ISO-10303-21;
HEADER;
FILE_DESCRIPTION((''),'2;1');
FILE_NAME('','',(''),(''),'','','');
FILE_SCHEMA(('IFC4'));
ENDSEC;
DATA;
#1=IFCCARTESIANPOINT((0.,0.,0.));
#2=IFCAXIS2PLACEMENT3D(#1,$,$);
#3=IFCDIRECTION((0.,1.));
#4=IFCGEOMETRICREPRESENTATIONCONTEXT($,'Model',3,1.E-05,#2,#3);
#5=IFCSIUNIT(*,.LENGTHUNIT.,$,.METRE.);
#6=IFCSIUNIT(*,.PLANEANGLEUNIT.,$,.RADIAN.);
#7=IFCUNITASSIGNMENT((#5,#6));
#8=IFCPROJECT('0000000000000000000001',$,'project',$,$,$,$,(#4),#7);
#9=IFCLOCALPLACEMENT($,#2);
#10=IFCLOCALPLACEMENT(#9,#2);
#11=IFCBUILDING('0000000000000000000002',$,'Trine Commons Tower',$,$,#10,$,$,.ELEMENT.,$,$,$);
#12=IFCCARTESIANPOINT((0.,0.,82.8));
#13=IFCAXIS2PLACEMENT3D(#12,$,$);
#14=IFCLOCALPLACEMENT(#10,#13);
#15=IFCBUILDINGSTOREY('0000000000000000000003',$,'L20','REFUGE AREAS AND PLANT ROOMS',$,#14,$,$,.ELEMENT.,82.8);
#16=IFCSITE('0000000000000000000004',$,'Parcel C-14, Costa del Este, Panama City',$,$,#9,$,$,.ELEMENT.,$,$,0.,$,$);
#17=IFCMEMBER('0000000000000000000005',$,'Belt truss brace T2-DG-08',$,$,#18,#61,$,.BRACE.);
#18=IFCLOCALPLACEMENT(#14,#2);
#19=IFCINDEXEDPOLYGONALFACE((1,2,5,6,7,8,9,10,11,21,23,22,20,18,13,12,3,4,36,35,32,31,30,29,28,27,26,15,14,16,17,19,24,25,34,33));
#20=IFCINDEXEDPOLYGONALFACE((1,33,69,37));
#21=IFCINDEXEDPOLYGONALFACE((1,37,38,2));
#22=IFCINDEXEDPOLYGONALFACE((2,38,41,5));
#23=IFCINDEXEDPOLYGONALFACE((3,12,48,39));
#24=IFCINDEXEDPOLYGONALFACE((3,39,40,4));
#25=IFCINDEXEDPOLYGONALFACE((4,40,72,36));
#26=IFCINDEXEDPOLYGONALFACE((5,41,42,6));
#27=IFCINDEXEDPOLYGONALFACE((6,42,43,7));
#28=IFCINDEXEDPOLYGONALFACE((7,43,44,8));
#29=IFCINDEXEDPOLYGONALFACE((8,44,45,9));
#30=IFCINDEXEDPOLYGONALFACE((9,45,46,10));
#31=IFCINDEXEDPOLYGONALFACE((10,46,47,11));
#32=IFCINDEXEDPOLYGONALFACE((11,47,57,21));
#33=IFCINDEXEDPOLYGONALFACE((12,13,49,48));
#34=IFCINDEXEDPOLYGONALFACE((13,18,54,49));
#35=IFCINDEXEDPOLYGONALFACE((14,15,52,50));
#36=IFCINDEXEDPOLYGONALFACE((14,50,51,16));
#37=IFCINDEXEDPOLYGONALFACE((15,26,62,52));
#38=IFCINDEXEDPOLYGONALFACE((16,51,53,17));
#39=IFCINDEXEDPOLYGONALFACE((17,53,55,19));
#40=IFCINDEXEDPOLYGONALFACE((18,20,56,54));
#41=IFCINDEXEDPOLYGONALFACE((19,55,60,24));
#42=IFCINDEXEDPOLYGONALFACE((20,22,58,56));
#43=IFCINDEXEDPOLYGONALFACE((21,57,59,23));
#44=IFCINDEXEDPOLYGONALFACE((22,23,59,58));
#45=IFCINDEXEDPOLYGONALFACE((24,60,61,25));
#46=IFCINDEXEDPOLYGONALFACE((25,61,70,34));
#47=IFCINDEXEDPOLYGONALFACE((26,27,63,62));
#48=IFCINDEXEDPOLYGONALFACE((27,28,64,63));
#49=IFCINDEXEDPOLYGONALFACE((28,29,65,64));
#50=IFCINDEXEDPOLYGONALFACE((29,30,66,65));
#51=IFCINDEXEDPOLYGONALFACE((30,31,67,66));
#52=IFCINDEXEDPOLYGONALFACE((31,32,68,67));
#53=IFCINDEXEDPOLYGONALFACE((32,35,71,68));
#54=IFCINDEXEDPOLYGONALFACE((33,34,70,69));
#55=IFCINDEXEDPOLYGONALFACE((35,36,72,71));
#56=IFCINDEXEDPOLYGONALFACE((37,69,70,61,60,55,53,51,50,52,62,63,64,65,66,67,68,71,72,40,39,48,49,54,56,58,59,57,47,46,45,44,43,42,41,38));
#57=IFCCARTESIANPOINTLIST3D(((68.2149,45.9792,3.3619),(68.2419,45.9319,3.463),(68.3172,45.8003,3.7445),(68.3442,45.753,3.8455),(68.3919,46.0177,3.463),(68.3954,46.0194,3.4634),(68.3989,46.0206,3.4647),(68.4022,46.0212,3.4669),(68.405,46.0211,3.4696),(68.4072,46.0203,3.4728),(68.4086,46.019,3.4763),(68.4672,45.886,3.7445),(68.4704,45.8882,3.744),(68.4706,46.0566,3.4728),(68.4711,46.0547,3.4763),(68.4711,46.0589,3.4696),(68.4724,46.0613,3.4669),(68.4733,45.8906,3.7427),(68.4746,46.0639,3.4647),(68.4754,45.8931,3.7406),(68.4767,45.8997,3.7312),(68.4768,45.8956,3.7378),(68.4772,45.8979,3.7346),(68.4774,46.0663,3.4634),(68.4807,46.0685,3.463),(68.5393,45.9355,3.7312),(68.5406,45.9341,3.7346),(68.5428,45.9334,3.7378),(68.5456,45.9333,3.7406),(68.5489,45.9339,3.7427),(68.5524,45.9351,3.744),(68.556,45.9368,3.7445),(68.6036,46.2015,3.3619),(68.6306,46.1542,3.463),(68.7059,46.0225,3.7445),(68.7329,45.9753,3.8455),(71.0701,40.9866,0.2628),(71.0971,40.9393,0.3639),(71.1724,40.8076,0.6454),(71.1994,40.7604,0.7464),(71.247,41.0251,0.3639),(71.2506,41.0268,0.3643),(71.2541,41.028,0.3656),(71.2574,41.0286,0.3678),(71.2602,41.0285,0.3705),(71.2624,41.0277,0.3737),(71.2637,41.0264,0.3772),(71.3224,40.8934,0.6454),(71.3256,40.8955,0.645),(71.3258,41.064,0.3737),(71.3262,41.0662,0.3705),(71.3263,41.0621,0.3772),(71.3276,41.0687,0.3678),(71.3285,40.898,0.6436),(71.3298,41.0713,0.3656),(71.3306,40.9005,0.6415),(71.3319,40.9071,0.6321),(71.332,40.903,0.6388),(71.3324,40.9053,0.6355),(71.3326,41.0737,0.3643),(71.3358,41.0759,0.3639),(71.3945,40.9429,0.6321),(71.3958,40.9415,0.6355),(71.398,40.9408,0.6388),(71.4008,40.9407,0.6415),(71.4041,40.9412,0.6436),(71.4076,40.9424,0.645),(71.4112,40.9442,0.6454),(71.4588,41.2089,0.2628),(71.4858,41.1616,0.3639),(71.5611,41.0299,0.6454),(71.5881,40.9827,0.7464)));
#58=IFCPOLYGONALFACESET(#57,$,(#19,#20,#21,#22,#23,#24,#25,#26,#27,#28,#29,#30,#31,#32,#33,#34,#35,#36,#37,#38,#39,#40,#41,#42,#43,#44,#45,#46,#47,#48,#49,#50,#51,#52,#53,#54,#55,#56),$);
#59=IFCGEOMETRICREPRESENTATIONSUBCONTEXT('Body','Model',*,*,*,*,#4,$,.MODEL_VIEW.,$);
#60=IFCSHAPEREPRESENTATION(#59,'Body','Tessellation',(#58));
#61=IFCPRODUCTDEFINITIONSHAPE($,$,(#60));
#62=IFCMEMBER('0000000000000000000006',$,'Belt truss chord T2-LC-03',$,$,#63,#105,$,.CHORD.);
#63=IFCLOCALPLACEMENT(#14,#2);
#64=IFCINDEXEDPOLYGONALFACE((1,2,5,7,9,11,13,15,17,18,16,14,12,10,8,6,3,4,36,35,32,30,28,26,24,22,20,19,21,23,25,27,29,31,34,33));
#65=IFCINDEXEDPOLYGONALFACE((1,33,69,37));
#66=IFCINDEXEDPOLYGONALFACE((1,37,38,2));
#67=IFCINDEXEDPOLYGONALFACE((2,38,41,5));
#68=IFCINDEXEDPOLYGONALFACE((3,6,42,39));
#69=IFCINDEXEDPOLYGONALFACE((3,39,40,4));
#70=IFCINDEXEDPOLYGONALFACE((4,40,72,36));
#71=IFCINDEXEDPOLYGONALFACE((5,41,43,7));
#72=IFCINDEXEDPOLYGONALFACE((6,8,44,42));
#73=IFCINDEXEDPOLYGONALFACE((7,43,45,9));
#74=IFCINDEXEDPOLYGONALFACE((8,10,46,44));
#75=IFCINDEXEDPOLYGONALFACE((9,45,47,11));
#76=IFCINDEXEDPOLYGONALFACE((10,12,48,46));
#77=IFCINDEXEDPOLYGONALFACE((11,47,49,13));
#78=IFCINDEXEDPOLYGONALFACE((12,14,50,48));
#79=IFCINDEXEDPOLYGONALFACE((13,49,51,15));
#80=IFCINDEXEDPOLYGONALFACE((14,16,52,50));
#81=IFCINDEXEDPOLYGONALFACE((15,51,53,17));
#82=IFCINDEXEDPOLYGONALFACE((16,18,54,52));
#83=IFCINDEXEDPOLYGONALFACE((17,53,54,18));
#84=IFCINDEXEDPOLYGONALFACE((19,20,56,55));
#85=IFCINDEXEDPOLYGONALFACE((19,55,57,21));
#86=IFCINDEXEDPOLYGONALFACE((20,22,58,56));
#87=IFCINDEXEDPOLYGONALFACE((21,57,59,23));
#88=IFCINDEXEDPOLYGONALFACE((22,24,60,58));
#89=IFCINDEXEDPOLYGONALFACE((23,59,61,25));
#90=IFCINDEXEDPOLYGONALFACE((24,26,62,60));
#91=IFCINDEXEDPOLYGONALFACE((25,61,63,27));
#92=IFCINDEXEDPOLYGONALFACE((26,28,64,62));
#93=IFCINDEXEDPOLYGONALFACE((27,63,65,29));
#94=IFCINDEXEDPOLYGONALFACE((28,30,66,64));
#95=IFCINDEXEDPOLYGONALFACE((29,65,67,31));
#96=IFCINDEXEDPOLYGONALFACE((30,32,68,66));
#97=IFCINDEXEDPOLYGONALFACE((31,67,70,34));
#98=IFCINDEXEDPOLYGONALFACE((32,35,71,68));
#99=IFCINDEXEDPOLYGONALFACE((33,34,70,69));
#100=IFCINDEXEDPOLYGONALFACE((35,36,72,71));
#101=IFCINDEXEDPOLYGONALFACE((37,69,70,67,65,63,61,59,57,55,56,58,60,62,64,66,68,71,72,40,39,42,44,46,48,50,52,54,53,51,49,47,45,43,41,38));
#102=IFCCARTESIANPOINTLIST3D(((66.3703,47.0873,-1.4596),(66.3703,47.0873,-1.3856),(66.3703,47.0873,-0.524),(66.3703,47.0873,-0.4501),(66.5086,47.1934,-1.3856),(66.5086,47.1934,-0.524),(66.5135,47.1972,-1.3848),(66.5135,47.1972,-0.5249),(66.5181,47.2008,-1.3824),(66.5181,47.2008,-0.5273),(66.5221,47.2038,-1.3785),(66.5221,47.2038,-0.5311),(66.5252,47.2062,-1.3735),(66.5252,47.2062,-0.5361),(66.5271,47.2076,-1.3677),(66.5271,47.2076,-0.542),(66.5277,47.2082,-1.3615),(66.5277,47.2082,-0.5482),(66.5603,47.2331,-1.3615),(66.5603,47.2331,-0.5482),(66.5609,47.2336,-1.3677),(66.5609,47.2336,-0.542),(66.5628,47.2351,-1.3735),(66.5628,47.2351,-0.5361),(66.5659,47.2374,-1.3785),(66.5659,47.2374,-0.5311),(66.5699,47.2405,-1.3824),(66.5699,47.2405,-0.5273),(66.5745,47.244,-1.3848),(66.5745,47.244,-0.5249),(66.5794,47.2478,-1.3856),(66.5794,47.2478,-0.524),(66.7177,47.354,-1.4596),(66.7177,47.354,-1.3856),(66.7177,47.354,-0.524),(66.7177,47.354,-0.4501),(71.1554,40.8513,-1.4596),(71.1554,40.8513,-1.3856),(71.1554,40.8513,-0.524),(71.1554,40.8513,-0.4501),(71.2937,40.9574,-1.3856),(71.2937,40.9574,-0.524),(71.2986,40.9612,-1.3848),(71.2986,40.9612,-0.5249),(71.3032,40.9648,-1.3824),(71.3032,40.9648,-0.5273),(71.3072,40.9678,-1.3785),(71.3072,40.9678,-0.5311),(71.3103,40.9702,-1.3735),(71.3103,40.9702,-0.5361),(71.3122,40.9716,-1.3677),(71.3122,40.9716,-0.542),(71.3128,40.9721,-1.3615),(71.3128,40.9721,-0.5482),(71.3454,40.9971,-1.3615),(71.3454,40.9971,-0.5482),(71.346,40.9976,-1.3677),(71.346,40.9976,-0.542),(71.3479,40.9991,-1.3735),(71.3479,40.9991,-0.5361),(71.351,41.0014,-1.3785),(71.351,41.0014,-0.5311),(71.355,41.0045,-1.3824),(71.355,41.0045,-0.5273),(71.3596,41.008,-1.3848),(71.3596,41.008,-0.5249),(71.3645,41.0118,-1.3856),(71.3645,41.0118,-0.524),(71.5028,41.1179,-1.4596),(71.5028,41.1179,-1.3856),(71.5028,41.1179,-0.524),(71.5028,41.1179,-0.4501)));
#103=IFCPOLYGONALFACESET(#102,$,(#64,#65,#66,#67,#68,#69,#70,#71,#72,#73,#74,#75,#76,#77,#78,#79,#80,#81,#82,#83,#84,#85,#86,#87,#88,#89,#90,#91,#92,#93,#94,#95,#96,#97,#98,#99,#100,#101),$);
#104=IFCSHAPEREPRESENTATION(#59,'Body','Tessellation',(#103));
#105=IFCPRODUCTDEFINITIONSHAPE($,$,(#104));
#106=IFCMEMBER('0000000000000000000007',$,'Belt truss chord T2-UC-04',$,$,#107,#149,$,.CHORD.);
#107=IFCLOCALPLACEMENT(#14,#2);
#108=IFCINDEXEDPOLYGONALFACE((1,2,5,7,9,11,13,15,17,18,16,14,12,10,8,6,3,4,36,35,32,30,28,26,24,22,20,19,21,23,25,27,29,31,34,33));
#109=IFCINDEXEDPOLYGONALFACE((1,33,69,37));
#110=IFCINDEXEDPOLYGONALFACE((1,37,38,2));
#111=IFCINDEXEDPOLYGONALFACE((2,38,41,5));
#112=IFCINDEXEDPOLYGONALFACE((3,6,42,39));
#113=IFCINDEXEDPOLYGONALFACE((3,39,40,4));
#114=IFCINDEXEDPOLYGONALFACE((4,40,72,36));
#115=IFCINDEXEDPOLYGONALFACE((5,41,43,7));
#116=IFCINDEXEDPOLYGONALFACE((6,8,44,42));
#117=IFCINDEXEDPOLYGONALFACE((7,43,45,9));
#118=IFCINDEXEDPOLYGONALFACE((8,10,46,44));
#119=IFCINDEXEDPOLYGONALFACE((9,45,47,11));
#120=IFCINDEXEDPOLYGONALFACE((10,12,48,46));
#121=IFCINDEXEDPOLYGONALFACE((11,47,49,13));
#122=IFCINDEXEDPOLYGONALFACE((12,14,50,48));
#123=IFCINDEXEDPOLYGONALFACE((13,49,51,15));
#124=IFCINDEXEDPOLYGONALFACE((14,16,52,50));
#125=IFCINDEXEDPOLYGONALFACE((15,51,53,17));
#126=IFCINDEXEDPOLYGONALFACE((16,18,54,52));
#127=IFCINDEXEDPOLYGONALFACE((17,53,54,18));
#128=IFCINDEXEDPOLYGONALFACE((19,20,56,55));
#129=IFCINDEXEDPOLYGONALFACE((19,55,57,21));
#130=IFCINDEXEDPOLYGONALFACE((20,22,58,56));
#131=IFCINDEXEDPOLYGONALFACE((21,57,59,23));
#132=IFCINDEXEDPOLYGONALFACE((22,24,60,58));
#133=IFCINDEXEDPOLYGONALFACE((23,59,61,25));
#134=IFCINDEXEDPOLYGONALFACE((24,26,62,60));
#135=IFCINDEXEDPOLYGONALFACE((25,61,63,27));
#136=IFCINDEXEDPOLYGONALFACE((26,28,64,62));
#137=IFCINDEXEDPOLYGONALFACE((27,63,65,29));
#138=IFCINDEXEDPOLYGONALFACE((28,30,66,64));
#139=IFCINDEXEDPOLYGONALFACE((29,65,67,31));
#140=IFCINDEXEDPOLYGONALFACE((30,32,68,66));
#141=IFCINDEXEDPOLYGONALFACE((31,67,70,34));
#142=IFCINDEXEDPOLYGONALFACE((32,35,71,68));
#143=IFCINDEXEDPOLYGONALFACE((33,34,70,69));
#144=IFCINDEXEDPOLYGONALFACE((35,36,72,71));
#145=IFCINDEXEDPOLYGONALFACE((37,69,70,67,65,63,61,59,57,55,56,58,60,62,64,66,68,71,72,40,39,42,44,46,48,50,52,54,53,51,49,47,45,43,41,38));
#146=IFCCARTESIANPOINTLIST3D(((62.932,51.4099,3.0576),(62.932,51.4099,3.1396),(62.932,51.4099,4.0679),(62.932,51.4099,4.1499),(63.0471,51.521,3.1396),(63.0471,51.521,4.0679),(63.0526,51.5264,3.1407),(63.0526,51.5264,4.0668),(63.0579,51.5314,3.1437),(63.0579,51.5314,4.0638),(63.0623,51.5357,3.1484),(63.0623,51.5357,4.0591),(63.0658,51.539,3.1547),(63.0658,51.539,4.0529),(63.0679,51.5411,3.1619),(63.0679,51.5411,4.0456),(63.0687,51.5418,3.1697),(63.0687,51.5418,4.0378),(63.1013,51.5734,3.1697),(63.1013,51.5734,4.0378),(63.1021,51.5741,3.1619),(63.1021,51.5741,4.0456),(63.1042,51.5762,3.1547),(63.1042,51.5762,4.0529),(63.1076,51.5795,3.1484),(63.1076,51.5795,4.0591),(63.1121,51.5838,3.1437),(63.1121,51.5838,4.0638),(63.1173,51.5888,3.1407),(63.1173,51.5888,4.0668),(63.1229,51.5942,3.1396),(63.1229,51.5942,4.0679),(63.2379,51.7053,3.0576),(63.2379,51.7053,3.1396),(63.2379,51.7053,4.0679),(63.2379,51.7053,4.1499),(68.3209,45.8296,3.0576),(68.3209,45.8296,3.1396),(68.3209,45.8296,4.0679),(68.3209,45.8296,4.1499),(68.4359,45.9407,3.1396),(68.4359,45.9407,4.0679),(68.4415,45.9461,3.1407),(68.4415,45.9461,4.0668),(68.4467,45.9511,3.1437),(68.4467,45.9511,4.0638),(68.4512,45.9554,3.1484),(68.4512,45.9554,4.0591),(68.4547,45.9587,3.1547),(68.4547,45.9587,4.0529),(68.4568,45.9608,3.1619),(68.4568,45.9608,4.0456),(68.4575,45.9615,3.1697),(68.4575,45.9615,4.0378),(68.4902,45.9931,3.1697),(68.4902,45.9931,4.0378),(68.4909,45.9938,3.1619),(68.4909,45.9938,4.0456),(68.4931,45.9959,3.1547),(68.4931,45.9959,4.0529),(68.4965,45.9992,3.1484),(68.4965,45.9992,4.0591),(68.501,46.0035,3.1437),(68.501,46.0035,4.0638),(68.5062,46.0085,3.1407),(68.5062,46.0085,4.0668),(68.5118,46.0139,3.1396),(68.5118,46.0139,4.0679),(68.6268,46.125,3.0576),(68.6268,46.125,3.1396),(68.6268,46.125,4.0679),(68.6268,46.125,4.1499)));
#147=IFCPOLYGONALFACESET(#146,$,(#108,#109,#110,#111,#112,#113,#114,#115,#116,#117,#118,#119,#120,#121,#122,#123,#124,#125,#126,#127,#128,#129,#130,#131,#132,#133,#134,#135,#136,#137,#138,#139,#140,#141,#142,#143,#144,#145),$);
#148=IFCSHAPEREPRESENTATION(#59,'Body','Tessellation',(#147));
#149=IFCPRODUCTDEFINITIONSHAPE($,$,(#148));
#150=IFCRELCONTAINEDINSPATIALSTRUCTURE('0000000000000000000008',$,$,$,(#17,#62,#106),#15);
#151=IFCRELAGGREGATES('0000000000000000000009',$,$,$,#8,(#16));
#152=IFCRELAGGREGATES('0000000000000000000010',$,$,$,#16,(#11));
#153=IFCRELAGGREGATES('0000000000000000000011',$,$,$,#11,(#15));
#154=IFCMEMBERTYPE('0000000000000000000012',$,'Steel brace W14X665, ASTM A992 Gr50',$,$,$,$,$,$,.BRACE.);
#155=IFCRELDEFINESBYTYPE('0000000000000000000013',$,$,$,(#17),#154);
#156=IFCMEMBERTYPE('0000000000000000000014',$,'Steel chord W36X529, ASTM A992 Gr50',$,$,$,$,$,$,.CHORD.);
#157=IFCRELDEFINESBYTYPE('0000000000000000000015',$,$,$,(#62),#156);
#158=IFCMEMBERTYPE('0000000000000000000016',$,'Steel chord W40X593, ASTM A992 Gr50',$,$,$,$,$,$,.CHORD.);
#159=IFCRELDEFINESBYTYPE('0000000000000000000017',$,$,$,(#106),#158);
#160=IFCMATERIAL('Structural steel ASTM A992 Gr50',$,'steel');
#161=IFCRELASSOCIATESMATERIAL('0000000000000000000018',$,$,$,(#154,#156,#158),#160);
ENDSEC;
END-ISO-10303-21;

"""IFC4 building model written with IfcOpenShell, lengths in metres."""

from ifc_helpers import new_model, si_unit, direction, frame, origin, origin_2d, place, context, subcontext, project, spatial, i_section, extrude, material, material_profile, profile_set, type_object, element, save


model = new_model("IFC4")

# Units and contexts
model_context = context("Model", 3, precision=1e-05, world=origin(), true_north=direction((0.0, 1.0)))
body_context = subcontext(model_context, "Body", "Model", "MODEL_VIEW")
ifc_project = project(units=[si_unit("LENGTHUNIT", "METRE"), si_unit("PLANEANGLEUNIT", "RADIAN")], contexts=[model_context])

# Site, building, storey
site_placement = place(None, origin())
site = spatial("IfcSite", under=ifc_project, at=site_placement, Name="Parcel C-14, Costa del Este, Panama City", CompositionType="ELEMENT", RefElevation=0.0)
building_placement = place(site_placement, origin())
building = spatial("IfcBuilding", under=site, at=building_placement, Name="Trine Commons Tower", CompositionType="ELEMENT")
storey_placement = place(building_placement, frame((0.0, 0.0, 82.8)))
storey = spatial("IfcBuildingStorey", under=building, at=storey_placement, Name="L20", Description="REFUGE AREAS AND PLANT ROOMS", CompositionType="ELEMENT", Elevation=82.8)

# Members
ifc_material_1 = material(Name="Structural steel ASTM A992 Gr50", Category="steel")
ifc_material_profile_1 = material_profile(ifc_material_1, i_section(OverallWidth=0.4478, OverallDepth=0.5493, WebThickness=0.072, FlangeThickness=0.1147, FilletRadius=0.0151, at=origin_2d()), Name="W14X665")
ifc_profile_set_1 = profile_set([ifc_material_profile_1], Name="Structural steel ASTM A992 Gr50")
member_type_1 = type_object("IfcMemberType", Name="Steel brace W14X665, ASTM A992 Gr50", PredefinedType="BRACE", material=ifc_profile_set_1)
member_1_placement = place(storey_placement, frame((71.3291, 40.9846, 0.5046), z_axis=(-0.437028, 0.764192, 0.47436), x_axis=(-0.868073, -0.496436, 0.0)))
element("IfcMember", 1, at=member_1_placement, inside=storey, type_object=member_type_1, Name="Belt truss brace T2-DG-08", PredefinedType="BRACE", context=body_context, shape_type="SweptSolid", body=[
    extrude(i_section(OverallWidth=0.4478, OverallDepth=0.5493, WebThickness=0.072, FlangeThickness=0.1147, FilletRadius=0.0151, at=origin_2d()), origin(), (0.0, 0.0, 1.0), 6.5332),
])
ifc_material_profile_2 = material_profile(ifc_material_1, i_section(OverallWidth=0.438, OverallDepth=1.0095, WebThickness=0.041, FlangeThickness=0.074, FilletRadius=0.0242, at=origin_2d()), Name="W36X529")
ifc_profile_set_2 = profile_set([ifc_material_profile_2], Name="Structural steel ASTM A992 Gr50")
member_type_2 = type_object("IfcMemberType", Name="Steel chord W36X529, ASTM A992 Gr50", PredefinedType="CHORD", material=ifc_profile_set_2)
member_2_placement = place(storey_placement, frame((71.3291, 40.9846, -0.9548), z_axis=(-0.608765, 0.793351, 0.0), x_axis=(-0.793351, -0.608765, 0.0)))
element("IfcMember", 2, at=member_2_placement, inside=storey, type_object=member_type_2, Name="Belt truss chord T2-LC-03", PredefinedType="CHORD", context=body_context, shape_type="SweptSolid", body=[
    extrude(i_section(OverallWidth=0.438, OverallDepth=1.0095, WebThickness=0.041, FlangeThickness=0.074, FilletRadius=0.0242, at=origin_2d()), origin(), (0.0, 0.0, 1.0), 7.8604),
])
ifc_material_profile_3 = material_profile(ifc_material_1, i_section(OverallWidth=0.4253, OverallDepth=1.0923, WebThickness=0.0454, FlangeThickness=0.082, FilletRadius=0.03, at=origin_2d()), Name="W40X593")
ifc_profile_set_3 = profile_set([ifc_material_profile_3], Name="Structural steel ASTM A992 Gr50")
member_type_3 = type_object("IfcMemberType", Name="Steel chord W40X593, ASTM A992 Gr50", PredefinedType="CHORD", material=ifc_profile_set_3)
member_3_placement = place(storey_placement, frame((68.4739, 45.9773, 3.6038), z_axis=(-0.694662, 0.719336, 0.0), x_axis=(-0.719336, -0.694662, 0.0)))
element("IfcMember", 3, at=member_3_placement, inside=storey, type_object=member_type_3, Name="Belt truss chord T2-UC-04", PredefinedType="CHORD", context=body_context, shape_type="SweptSolid", body=[
    extrude(i_section(OverallWidth=0.4253, OverallDepth=1.0923, WebThickness=0.0454, FlangeThickness=0.082, FilletRadius=0.03, at=origin_2d()), origin(), (0.0, 0.0, 1.0), 7.7576),
])

save(model, "model.ifc")
